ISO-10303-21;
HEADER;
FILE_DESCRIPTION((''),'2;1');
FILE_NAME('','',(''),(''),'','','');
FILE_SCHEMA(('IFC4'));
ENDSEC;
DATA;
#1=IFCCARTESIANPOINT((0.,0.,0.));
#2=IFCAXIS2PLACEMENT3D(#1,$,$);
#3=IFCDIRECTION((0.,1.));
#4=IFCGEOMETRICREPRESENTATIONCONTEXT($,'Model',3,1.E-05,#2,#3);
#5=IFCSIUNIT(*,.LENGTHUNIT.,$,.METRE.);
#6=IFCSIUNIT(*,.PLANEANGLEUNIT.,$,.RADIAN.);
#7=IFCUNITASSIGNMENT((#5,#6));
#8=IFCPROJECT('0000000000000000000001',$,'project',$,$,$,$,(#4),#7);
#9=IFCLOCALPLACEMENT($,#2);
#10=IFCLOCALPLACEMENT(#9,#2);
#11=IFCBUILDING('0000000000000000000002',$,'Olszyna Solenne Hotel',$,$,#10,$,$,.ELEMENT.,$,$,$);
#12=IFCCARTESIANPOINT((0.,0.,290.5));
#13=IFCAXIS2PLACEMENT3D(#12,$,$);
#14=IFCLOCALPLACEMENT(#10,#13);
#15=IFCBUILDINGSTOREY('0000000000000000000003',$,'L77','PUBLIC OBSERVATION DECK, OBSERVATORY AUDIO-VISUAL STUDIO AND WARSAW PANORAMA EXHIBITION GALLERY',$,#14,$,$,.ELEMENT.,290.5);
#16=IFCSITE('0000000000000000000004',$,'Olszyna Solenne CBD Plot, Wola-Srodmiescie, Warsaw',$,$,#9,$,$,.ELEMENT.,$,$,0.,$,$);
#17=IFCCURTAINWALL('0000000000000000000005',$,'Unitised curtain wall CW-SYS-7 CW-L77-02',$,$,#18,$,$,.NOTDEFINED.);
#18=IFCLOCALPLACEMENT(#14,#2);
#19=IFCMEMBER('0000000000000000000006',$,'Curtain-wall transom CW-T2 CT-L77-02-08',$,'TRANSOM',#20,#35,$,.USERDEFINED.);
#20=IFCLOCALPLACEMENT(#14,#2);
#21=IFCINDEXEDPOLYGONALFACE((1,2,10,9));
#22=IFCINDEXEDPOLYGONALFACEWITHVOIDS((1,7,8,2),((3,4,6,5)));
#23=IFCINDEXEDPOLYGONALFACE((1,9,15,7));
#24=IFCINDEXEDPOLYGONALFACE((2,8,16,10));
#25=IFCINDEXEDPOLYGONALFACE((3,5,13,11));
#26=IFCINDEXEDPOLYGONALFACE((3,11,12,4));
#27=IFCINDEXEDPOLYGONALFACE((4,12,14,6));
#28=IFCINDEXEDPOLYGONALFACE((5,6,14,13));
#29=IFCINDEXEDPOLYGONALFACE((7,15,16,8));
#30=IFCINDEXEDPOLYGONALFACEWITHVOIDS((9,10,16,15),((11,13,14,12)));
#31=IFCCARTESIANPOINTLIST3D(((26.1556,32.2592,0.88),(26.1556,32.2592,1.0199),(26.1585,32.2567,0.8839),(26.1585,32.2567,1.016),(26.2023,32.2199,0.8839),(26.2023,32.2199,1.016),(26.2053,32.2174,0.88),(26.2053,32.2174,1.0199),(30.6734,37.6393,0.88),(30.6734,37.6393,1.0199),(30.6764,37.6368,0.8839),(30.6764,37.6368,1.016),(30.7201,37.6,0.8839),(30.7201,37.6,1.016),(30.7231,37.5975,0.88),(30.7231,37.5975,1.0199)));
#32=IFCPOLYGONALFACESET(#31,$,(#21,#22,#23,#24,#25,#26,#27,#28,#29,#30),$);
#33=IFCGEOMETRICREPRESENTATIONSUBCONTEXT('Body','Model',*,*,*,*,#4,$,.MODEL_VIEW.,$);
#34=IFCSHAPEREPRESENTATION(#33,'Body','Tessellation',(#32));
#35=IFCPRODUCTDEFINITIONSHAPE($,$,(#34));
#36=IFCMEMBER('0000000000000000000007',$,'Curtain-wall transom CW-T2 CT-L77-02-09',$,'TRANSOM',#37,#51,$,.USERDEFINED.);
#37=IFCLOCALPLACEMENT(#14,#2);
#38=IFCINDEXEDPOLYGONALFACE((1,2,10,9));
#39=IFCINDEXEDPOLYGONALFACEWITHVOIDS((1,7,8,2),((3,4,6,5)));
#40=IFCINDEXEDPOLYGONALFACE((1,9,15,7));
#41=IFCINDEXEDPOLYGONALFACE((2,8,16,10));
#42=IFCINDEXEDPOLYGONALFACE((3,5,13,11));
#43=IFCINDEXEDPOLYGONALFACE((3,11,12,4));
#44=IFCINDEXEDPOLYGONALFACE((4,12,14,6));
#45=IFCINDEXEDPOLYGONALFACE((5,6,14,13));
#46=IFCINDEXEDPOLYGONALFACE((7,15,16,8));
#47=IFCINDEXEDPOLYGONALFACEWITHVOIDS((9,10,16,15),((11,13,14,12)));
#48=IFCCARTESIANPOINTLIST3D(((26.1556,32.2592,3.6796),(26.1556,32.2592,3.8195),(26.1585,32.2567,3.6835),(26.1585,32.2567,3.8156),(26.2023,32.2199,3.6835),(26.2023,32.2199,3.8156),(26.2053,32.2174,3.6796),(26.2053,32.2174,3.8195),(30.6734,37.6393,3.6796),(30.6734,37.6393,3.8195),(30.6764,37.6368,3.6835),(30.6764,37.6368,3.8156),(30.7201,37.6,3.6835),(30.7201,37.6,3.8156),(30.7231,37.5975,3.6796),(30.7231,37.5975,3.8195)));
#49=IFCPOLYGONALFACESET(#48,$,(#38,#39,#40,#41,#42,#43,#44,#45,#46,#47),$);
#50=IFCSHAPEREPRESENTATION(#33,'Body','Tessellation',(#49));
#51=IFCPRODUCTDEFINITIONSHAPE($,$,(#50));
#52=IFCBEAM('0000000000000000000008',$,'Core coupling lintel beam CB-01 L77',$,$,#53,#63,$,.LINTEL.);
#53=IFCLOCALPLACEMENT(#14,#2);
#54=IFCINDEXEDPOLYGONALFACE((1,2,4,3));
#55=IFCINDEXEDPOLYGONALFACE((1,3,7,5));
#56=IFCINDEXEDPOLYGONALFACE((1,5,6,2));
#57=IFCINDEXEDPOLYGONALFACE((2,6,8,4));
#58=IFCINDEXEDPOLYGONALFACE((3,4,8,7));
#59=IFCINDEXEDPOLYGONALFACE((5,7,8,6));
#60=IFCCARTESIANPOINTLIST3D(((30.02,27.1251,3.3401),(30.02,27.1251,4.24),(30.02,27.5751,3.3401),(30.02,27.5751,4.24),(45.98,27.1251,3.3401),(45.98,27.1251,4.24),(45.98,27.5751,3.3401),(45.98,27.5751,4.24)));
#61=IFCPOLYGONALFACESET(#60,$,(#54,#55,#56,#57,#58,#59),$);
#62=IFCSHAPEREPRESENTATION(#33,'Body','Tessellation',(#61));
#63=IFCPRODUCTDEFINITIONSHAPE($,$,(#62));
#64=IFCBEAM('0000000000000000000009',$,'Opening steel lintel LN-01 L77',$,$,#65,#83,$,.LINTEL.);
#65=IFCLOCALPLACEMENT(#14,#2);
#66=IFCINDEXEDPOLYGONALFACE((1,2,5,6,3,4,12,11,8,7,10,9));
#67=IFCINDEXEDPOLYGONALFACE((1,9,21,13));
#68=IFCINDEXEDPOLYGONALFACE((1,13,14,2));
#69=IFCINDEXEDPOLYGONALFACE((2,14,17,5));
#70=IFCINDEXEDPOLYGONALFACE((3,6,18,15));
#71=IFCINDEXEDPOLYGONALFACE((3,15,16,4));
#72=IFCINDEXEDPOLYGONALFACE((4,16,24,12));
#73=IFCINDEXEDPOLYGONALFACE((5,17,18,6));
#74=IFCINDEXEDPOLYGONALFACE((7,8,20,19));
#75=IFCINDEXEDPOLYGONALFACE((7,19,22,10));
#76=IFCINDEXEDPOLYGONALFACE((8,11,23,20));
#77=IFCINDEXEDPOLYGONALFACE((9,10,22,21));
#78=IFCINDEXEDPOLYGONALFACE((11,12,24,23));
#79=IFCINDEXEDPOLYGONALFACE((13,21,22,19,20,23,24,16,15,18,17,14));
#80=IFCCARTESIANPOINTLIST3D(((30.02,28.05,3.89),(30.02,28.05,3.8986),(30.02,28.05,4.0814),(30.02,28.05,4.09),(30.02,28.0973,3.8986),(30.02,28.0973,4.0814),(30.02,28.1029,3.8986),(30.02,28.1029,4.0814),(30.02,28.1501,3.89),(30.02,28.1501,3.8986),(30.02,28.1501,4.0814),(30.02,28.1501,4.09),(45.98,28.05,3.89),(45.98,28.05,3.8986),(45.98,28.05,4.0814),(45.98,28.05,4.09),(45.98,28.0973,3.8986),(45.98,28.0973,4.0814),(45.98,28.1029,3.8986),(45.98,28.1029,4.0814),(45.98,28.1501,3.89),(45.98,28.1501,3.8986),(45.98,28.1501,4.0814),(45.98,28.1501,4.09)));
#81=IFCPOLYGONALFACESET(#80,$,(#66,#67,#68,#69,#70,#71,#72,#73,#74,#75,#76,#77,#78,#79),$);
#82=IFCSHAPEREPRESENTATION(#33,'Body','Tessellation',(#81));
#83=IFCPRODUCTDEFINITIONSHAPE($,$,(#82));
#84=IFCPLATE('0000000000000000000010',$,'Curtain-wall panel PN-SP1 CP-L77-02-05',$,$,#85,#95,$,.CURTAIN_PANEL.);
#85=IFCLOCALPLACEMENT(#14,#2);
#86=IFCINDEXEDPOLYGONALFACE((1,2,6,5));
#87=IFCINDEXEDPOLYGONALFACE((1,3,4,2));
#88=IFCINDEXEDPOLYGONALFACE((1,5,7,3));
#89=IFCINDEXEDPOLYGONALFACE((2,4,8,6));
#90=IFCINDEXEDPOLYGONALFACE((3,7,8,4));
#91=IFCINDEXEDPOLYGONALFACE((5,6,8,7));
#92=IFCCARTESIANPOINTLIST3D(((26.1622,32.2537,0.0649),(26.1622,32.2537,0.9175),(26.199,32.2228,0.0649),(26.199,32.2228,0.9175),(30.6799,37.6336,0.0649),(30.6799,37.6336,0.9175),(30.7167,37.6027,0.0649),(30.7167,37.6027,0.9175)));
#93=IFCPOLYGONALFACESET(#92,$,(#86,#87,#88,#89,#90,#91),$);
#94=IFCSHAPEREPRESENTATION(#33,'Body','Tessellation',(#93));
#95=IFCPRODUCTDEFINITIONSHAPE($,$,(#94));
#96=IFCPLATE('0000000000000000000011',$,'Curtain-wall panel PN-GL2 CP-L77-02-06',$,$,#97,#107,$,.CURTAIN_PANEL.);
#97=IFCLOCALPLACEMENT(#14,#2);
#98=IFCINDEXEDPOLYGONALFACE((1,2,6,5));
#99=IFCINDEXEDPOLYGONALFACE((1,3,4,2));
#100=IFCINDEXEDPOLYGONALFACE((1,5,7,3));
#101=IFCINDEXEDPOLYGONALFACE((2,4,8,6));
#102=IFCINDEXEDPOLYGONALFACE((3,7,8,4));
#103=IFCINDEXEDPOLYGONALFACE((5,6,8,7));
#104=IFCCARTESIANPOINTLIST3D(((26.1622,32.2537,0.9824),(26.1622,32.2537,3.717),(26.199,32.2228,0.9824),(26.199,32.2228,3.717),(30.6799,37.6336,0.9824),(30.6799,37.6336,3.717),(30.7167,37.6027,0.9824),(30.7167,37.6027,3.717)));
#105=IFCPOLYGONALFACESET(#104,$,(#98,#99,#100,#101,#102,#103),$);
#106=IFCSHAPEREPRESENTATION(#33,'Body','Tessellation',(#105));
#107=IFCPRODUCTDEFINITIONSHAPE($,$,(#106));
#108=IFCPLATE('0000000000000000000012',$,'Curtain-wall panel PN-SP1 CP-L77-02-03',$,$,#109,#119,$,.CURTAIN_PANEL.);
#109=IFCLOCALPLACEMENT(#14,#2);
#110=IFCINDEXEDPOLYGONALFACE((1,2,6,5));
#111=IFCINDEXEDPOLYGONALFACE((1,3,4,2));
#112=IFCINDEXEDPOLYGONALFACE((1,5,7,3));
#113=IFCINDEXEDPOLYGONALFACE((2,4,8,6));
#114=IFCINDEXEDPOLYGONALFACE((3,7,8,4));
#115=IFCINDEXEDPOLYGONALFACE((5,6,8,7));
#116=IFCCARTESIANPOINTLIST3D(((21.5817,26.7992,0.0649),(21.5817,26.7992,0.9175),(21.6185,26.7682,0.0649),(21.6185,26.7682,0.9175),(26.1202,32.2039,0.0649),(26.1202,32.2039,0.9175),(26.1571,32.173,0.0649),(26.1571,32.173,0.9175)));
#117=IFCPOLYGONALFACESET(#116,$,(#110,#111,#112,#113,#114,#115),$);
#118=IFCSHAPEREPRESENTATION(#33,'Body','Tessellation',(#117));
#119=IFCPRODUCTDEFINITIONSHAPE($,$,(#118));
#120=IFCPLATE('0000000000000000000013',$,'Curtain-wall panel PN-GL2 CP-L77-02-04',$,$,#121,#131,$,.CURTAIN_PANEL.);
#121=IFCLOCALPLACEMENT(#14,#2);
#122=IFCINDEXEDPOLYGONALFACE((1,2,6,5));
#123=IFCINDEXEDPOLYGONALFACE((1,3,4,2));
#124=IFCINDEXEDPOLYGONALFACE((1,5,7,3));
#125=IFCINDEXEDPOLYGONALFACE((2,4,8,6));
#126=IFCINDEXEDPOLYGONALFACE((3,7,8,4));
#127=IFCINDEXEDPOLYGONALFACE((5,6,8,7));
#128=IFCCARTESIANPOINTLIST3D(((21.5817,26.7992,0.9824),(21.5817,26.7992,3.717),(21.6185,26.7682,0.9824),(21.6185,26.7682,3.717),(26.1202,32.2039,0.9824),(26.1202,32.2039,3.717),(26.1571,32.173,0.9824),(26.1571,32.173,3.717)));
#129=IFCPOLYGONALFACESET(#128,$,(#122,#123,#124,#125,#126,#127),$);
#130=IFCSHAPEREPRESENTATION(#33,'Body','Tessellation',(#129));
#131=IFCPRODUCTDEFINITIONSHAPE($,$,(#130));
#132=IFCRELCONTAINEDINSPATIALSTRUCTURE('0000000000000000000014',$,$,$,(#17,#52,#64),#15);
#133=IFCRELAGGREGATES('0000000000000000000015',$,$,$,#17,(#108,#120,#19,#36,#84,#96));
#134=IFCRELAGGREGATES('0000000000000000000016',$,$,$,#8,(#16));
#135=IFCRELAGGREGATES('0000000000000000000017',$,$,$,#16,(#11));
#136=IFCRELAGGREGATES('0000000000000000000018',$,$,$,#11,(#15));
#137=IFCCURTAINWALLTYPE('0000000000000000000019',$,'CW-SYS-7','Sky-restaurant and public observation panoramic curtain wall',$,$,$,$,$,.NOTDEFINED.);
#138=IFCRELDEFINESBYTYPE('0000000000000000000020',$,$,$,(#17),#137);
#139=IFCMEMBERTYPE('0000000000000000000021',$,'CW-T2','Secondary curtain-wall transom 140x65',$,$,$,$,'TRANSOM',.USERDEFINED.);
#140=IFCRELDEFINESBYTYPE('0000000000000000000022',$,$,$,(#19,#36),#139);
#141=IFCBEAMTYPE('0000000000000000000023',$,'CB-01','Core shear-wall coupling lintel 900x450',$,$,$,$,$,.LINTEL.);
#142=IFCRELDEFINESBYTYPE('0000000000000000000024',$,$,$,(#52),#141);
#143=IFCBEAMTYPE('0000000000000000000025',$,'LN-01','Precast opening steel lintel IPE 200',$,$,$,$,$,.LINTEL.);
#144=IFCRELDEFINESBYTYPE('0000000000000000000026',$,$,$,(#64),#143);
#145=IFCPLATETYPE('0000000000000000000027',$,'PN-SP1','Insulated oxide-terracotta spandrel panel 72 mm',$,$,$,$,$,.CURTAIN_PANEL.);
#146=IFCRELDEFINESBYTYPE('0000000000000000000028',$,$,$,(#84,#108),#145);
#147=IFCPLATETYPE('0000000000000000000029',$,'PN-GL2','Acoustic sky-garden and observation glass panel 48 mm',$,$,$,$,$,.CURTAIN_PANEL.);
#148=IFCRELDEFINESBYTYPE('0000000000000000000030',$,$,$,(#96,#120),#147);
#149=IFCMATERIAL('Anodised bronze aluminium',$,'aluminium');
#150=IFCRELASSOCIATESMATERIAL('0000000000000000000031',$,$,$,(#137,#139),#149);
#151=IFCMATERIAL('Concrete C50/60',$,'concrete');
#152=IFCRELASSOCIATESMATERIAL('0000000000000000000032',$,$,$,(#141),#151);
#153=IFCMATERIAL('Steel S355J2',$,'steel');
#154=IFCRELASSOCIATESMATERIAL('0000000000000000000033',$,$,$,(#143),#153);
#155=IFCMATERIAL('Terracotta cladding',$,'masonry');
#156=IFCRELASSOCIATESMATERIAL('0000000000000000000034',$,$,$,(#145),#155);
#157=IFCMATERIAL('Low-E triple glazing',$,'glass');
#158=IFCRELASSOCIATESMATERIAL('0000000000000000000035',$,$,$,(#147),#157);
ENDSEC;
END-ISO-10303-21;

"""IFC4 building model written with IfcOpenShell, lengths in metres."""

from ifc_helpers import new_model, si_unit, direction, frame, origin, origin_2d, place, context, subcontext, project, spatial, rectangle, hollow_rectangle, i_section, extrude, source, transform, mapped, material, material_profile, profile_set, type_object, element, aggregate, save


model = new_model("IFC4")

# Units and contexts
model_context = context("Model", 3, precision=1e-05, world=origin(), true_north=direction((0.0, 1.0)))
body_context = subcontext(model_context, "Body", "Model", "MODEL_VIEW")
ifc_project = project(units=[si_unit("LENGTHUNIT", "METRE"), si_unit("PLANEANGLEUNIT", "RADIAN")], contexts=[model_context])

# Site, building, storey
site_placement = place(None, origin())
site = spatial("IfcSite", under=ifc_project, at=site_placement, Name="Olszyna Solenne CBD Plot, Wola-Srodmiescie, Warsaw", CompositionType="ELEMENT", RefElevation=0.0)
building_placement = place(site_placement, origin())
building = spatial("IfcBuilding", under=site, at=building_placement, Name="Olszyna Solenne Hotel", CompositionType="ELEMENT")
storey_placement = place(building_placement, frame((0.0, 0.0, 290.5)))
storey = spatial("IfcBuildingStorey", under=building, at=storey_placement, Name="L77", Description="PUBLIC OBSERVATION DECK, OBSERVATORY AUDIO-VISUAL STUDIO AND WARSAW PANORAMA EXHIBITION GALLERY", CompositionType="ELEMENT", Elevation=290.5)

# Shared definitions
ifc_material_1 = material(Name="Steel S355J2", Category="steel")

# Curtain wall, members
ifc_material_2 = material(Name="Anodised bronze aluminium", Category="aluminium")
curtain_wall_type = type_object("IfcCurtainWallType", Name="CW-SYS-7", Description="Sky-restaurant and public observation panoramic curtain wall", PredefinedType="NOTDEFINED", material=ifc_material_2)
curtain_wall_placement = place(storey_placement, origin())
curtain_wall = element("IfcCurtainWall", 1, at=curtain_wall_placement, inside=storey, type_object=curtain_wall_type, Name="Unitised curtain wall CW-SYS-7 CW-L77-02", PredefinedType="NOTDEFINED")
ifc_material_profile_1 = material_profile(ifc_material_2, hollow_rectangle(XDim=0.0649, YDim=0.1399, WallThickness=0.0039, at=origin_2d()), Name="TRAN 140x65x4", Category="load-bearing")
ifc_profile_set_1 = profile_set([ifc_material_profile_1], Name="Anodised bronze aluminium")
member_type_1 = type_object("IfcMemberType", Name="CW-T2", Description="Secondary curtain-wall transom 140x65", ElementType="TRANSOM", PredefinedType="USERDEFINED", material=ifc_profile_set_1)
shared_shape_1 = source(origin(), body_context, "Body", "SweptSolid", [
    extrude(hollow_rectangle(XDim=0.0649, YDim=0.1399, WallThickness=0.0039, at=origin_2d()), origin(), (0.0, 0.0, 1.0), 7.0254),
])
member_1_placement = place(storey_placement, frame((26.1804, 32.2383, 0.95), z_axis=(0.643068, 0.765809, 0.0), x_axis=(-0.765809, 0.643068, 0.0)))
member_1 = element("IfcMember", 2, at=member_1_placement, type_object=member_type_1, Name="Curtain-wall transom CW-T2 CT-L77-02-08", ObjectType="TRANSOM", PredefinedType="USERDEFINED", context=body_context, shape_type="MappedRepresentation", body=[
    mapped(shared_shape_1, transform((0.0, 0.0, 0.0), x_axis=(1.0, 0.0, 0.0), y_axis=(0.0, 1.0, 0.0), z_axis=(0.0, 0.0, 1.0), scale=1.0)),
])
member_2_placement = place(storey_placement, frame((26.1804, 32.2383, 3.7495), z_axis=(0.643068, 0.765809, 0.0), x_axis=(-0.765809, 0.643068, 0.0)))
member_2 = element("IfcMember", 3, at=member_2_placement, type_object=member_type_1, Name="Curtain-wall transom CW-T2 CT-L77-02-09", ObjectType="TRANSOM", PredefinedType="USERDEFINED", context=body_context, shape_type="MappedRepresentation", body=[
    mapped(shared_shape_1, transform((0.0, 0.0, 0.0), x_axis=(1.0, 0.0, 0.0), y_axis=(0.0, 1.0, 0.0), z_axis=(0.0, 0.0, 1.0), scale=1.0)),
])

# Beams
ifc_material_3 = material(Name="Concrete C50/60", Category="concrete")
ifc_material_profile_2 = material_profile(ifc_material_3, rectangle(XDim=0.45, YDim=0.8999, at=origin_2d()), Name="RC 900x450", Category="load-bearing")
ifc_profile_set_2 = profile_set([ifc_material_profile_2], Name="Concrete C50/60")
beam_type_1 = type_object("IfcBeamType", Name="CB-01", Description="Core shear-wall coupling lintel 900x450", PredefinedType="LINTEL", material=ifc_profile_set_2)
shared_shape_2 = source(origin(), body_context, "Body", "SweptSolid", [
    extrude(rectangle(XDim=0.45, YDim=0.8999, at=origin_2d()), origin(), (0.0, 0.0, 1.0), 15.96),
])
beam_1_placement = place(storey_placement, frame((30.02, 27.3501, 3.79), z_axis=(1.0, 0.0, 0.0), x_axis=(0.0, 1.0, 0.0)))
element("IfcBeam", 4, at=beam_1_placement, inside=storey, type_object=beam_type_1, Name="Core coupling lintel beam CB-01 L77", PredefinedType="LINTEL", context=body_context, shape_type="MappedRepresentation", body=[
    mapped(shared_shape_2, transform((0.0, 0.0, 0.0), x_axis=(1.0, 0.0, 0.0), y_axis=(0.0, 1.0, 0.0), z_axis=(0.0, 0.0, 1.0), scale=1.0)),
])
ifc_material_profile_3 = material_profile(ifc_material_1, i_section(OverallWidth=0.1001, OverallDepth=0.2, WebThickness=0.0056, FlangeThickness=0.0085, at=origin_2d()), Name="IPE 200", Category="load-bearing")
ifc_profile_set_3 = profile_set([ifc_material_profile_3], Name="Steel S355J2")
beam_type_2 = type_object("IfcBeamType", Name="LN-01", Description="Precast opening steel lintel IPE 200", PredefinedType="LINTEL", material=ifc_profile_set_3)
shared_shape_3 = source(origin(), body_context, "Body", "SweptSolid", [
    extrude(i_section(OverallWidth=0.1001, OverallDepth=0.2, WebThickness=0.0056, FlangeThickness=0.0085, at=origin_2d()), origin(), (0.0, 0.0, 1.0), 15.96),
])
beam_2_placement = place(storey_placement, frame((30.02, 28.1001, 3.99), z_axis=(1.0, 0.0, 0.0), x_axis=(0.0, 1.0, 0.0)))
element("IfcBeam", 5, at=beam_2_placement, inside=storey, type_object=beam_type_2, Name="Opening steel lintel LN-01 L77", PredefinedType="LINTEL", context=body_context, shape_type="MappedRepresentation", body=[
    mapped(shared_shape_3, transform((0.0, 0.0, 0.0), x_axis=(1.0, 0.0, 0.0), y_axis=(0.0, 1.0, 0.0), z_axis=(0.0, 0.0, 1.0), scale=1.0)),
])

# Plates
ifc_material_4 = material(Name="Terracotta cladding", Category="masonry")
plate_type_1 = type_object("IfcPlateType", Name="PN-SP1", Description="Insulated oxide-terracotta spandrel panel 72 mm", PredefinedType="CURTAIN_PANEL", material=ifc_material_4)
shared_shape_4 = source(origin(), body_context, "Body", "SweptSolid", [
    extrude(rectangle(XDim=7.0251, YDim=0.0481, at=origin_2d()), origin(), (0.0, 0.0, 1.0), 0.8525),
])
plate_1_placement = place(storey_placement, frame((28.4395, 34.9282, 0.0649), z_axis=(0.0, 0.0, 1.0), x_axis=(0.643069, 0.765808, 0.0)))
plate_1 = element("IfcPlate", 6, at=plate_1_placement, type_object=plate_type_1, Name="Curtain-wall panel PN-SP1 CP-L77-02-05", PredefinedType="CURTAIN_PANEL", context=body_context, shape_type="MappedRepresentation", body=[
    mapped(shared_shape_4, transform((0.0, 0.0, 0.0), x_axis=(1.0, 0.0, 0.0), y_axis=(0.0, 1.0, 0.0), z_axis=(0.0, 0.0, 1.0), scale=1.0)),
])
ifc_material_5 = material(Name="Low-E triple glazing", Category="glass")
plate_type_2 = type_object("IfcPlateType", Name="PN-GL2", Description="Acoustic sky-garden and observation glass panel 48 mm", PredefinedType="CURTAIN_PANEL", material=ifc_material_5)
shared_shape_5 = source(origin(), body_context, "Body", "SweptSolid", [
    extrude(rectangle(XDim=7.0251, YDim=0.0481, at=origin_2d()), origin(), (0.0, 0.0, 1.0), 2.7346),
])
plate_2_placement = place(storey_placement, frame((28.4395, 34.9282, 0.9824), z_axis=(0.0, 0.0, 1.0), x_axis=(0.643069, 0.765808, 0.0)))
plate_2 = element("IfcPlate", 7, at=plate_2_placement, type_object=plate_type_2, Name="Curtain-wall panel PN-GL2 CP-L77-02-06", PredefinedType="CURTAIN_PANEL", context=body_context, shape_type="MappedRepresentation", body=[
    mapped(shared_shape_5, transform((0.0, 0.0, 0.0), x_axis=(1.0, 0.0, 0.0), y_axis=(0.0, 1.0, 0.0), z_axis=(0.0, 0.0, 1.0), scale=1.0)),
])
shared_shape_6 = source(origin(), body_context, "Body", "SweptSolid", [
    extrude(rectangle(XDim=7.0576, YDim=0.0481, at=origin_2d()), origin(), (0.0, 0.0, 1.0), 0.8525),
])
plate_3_placement = place(storey_placement, frame((23.8694, 29.4861, 0.0649), z_axis=(0.0, 0.0, 1.0), x_axis=(0.643069, 0.765808, 0.0)))
plate_3 = element("IfcPlate", 8, at=plate_3_placement, type_object=plate_type_1, Name="Curtain-wall panel PN-SP1 CP-L77-02-03", PredefinedType="CURTAIN_PANEL", context=body_context, shape_type="MappedRepresentation", body=[
    mapped(shared_shape_6, transform((0.0, 0.0, 0.0), x_axis=(1.0, 0.0, 0.0), y_axis=(0.0, 1.0, 0.0), z_axis=(0.0, 0.0, 1.0), scale=1.0)),
])
shared_shape_7 = source(origin(), body_context, "Body", "SweptSolid", [
    extrude(rectangle(XDim=7.0576, YDim=0.0481, at=origin_2d()), origin(), (0.0, 0.0, 1.0), 2.7346),
])
plate_4_placement = place(storey_placement, frame((23.8694, 29.4861, 0.9824), z_axis=(0.0, 0.0, 1.0), x_axis=(0.643069, 0.765808, 0.0)))
plate_4 = element("IfcPlate", 9, at=plate_4_placement, type_object=plate_type_2, Name="Curtain-wall panel PN-GL2 CP-L77-02-04", PredefinedType="CURTAIN_PANEL", context=body_context, shape_type="MappedRepresentation", body=[
    mapped(shared_shape_7, transform((0.0, 0.0, 0.0), x_axis=(1.0, 0.0, 0.0), y_axis=(0.0, 1.0, 0.0), z_axis=(0.0, 0.0, 1.0), scale=1.0)),
])
aggregate(curtain_wall, [plate_3, plate_4, member_1, member_2, plate_1, plate_2])

save(model, "model.ifc")
